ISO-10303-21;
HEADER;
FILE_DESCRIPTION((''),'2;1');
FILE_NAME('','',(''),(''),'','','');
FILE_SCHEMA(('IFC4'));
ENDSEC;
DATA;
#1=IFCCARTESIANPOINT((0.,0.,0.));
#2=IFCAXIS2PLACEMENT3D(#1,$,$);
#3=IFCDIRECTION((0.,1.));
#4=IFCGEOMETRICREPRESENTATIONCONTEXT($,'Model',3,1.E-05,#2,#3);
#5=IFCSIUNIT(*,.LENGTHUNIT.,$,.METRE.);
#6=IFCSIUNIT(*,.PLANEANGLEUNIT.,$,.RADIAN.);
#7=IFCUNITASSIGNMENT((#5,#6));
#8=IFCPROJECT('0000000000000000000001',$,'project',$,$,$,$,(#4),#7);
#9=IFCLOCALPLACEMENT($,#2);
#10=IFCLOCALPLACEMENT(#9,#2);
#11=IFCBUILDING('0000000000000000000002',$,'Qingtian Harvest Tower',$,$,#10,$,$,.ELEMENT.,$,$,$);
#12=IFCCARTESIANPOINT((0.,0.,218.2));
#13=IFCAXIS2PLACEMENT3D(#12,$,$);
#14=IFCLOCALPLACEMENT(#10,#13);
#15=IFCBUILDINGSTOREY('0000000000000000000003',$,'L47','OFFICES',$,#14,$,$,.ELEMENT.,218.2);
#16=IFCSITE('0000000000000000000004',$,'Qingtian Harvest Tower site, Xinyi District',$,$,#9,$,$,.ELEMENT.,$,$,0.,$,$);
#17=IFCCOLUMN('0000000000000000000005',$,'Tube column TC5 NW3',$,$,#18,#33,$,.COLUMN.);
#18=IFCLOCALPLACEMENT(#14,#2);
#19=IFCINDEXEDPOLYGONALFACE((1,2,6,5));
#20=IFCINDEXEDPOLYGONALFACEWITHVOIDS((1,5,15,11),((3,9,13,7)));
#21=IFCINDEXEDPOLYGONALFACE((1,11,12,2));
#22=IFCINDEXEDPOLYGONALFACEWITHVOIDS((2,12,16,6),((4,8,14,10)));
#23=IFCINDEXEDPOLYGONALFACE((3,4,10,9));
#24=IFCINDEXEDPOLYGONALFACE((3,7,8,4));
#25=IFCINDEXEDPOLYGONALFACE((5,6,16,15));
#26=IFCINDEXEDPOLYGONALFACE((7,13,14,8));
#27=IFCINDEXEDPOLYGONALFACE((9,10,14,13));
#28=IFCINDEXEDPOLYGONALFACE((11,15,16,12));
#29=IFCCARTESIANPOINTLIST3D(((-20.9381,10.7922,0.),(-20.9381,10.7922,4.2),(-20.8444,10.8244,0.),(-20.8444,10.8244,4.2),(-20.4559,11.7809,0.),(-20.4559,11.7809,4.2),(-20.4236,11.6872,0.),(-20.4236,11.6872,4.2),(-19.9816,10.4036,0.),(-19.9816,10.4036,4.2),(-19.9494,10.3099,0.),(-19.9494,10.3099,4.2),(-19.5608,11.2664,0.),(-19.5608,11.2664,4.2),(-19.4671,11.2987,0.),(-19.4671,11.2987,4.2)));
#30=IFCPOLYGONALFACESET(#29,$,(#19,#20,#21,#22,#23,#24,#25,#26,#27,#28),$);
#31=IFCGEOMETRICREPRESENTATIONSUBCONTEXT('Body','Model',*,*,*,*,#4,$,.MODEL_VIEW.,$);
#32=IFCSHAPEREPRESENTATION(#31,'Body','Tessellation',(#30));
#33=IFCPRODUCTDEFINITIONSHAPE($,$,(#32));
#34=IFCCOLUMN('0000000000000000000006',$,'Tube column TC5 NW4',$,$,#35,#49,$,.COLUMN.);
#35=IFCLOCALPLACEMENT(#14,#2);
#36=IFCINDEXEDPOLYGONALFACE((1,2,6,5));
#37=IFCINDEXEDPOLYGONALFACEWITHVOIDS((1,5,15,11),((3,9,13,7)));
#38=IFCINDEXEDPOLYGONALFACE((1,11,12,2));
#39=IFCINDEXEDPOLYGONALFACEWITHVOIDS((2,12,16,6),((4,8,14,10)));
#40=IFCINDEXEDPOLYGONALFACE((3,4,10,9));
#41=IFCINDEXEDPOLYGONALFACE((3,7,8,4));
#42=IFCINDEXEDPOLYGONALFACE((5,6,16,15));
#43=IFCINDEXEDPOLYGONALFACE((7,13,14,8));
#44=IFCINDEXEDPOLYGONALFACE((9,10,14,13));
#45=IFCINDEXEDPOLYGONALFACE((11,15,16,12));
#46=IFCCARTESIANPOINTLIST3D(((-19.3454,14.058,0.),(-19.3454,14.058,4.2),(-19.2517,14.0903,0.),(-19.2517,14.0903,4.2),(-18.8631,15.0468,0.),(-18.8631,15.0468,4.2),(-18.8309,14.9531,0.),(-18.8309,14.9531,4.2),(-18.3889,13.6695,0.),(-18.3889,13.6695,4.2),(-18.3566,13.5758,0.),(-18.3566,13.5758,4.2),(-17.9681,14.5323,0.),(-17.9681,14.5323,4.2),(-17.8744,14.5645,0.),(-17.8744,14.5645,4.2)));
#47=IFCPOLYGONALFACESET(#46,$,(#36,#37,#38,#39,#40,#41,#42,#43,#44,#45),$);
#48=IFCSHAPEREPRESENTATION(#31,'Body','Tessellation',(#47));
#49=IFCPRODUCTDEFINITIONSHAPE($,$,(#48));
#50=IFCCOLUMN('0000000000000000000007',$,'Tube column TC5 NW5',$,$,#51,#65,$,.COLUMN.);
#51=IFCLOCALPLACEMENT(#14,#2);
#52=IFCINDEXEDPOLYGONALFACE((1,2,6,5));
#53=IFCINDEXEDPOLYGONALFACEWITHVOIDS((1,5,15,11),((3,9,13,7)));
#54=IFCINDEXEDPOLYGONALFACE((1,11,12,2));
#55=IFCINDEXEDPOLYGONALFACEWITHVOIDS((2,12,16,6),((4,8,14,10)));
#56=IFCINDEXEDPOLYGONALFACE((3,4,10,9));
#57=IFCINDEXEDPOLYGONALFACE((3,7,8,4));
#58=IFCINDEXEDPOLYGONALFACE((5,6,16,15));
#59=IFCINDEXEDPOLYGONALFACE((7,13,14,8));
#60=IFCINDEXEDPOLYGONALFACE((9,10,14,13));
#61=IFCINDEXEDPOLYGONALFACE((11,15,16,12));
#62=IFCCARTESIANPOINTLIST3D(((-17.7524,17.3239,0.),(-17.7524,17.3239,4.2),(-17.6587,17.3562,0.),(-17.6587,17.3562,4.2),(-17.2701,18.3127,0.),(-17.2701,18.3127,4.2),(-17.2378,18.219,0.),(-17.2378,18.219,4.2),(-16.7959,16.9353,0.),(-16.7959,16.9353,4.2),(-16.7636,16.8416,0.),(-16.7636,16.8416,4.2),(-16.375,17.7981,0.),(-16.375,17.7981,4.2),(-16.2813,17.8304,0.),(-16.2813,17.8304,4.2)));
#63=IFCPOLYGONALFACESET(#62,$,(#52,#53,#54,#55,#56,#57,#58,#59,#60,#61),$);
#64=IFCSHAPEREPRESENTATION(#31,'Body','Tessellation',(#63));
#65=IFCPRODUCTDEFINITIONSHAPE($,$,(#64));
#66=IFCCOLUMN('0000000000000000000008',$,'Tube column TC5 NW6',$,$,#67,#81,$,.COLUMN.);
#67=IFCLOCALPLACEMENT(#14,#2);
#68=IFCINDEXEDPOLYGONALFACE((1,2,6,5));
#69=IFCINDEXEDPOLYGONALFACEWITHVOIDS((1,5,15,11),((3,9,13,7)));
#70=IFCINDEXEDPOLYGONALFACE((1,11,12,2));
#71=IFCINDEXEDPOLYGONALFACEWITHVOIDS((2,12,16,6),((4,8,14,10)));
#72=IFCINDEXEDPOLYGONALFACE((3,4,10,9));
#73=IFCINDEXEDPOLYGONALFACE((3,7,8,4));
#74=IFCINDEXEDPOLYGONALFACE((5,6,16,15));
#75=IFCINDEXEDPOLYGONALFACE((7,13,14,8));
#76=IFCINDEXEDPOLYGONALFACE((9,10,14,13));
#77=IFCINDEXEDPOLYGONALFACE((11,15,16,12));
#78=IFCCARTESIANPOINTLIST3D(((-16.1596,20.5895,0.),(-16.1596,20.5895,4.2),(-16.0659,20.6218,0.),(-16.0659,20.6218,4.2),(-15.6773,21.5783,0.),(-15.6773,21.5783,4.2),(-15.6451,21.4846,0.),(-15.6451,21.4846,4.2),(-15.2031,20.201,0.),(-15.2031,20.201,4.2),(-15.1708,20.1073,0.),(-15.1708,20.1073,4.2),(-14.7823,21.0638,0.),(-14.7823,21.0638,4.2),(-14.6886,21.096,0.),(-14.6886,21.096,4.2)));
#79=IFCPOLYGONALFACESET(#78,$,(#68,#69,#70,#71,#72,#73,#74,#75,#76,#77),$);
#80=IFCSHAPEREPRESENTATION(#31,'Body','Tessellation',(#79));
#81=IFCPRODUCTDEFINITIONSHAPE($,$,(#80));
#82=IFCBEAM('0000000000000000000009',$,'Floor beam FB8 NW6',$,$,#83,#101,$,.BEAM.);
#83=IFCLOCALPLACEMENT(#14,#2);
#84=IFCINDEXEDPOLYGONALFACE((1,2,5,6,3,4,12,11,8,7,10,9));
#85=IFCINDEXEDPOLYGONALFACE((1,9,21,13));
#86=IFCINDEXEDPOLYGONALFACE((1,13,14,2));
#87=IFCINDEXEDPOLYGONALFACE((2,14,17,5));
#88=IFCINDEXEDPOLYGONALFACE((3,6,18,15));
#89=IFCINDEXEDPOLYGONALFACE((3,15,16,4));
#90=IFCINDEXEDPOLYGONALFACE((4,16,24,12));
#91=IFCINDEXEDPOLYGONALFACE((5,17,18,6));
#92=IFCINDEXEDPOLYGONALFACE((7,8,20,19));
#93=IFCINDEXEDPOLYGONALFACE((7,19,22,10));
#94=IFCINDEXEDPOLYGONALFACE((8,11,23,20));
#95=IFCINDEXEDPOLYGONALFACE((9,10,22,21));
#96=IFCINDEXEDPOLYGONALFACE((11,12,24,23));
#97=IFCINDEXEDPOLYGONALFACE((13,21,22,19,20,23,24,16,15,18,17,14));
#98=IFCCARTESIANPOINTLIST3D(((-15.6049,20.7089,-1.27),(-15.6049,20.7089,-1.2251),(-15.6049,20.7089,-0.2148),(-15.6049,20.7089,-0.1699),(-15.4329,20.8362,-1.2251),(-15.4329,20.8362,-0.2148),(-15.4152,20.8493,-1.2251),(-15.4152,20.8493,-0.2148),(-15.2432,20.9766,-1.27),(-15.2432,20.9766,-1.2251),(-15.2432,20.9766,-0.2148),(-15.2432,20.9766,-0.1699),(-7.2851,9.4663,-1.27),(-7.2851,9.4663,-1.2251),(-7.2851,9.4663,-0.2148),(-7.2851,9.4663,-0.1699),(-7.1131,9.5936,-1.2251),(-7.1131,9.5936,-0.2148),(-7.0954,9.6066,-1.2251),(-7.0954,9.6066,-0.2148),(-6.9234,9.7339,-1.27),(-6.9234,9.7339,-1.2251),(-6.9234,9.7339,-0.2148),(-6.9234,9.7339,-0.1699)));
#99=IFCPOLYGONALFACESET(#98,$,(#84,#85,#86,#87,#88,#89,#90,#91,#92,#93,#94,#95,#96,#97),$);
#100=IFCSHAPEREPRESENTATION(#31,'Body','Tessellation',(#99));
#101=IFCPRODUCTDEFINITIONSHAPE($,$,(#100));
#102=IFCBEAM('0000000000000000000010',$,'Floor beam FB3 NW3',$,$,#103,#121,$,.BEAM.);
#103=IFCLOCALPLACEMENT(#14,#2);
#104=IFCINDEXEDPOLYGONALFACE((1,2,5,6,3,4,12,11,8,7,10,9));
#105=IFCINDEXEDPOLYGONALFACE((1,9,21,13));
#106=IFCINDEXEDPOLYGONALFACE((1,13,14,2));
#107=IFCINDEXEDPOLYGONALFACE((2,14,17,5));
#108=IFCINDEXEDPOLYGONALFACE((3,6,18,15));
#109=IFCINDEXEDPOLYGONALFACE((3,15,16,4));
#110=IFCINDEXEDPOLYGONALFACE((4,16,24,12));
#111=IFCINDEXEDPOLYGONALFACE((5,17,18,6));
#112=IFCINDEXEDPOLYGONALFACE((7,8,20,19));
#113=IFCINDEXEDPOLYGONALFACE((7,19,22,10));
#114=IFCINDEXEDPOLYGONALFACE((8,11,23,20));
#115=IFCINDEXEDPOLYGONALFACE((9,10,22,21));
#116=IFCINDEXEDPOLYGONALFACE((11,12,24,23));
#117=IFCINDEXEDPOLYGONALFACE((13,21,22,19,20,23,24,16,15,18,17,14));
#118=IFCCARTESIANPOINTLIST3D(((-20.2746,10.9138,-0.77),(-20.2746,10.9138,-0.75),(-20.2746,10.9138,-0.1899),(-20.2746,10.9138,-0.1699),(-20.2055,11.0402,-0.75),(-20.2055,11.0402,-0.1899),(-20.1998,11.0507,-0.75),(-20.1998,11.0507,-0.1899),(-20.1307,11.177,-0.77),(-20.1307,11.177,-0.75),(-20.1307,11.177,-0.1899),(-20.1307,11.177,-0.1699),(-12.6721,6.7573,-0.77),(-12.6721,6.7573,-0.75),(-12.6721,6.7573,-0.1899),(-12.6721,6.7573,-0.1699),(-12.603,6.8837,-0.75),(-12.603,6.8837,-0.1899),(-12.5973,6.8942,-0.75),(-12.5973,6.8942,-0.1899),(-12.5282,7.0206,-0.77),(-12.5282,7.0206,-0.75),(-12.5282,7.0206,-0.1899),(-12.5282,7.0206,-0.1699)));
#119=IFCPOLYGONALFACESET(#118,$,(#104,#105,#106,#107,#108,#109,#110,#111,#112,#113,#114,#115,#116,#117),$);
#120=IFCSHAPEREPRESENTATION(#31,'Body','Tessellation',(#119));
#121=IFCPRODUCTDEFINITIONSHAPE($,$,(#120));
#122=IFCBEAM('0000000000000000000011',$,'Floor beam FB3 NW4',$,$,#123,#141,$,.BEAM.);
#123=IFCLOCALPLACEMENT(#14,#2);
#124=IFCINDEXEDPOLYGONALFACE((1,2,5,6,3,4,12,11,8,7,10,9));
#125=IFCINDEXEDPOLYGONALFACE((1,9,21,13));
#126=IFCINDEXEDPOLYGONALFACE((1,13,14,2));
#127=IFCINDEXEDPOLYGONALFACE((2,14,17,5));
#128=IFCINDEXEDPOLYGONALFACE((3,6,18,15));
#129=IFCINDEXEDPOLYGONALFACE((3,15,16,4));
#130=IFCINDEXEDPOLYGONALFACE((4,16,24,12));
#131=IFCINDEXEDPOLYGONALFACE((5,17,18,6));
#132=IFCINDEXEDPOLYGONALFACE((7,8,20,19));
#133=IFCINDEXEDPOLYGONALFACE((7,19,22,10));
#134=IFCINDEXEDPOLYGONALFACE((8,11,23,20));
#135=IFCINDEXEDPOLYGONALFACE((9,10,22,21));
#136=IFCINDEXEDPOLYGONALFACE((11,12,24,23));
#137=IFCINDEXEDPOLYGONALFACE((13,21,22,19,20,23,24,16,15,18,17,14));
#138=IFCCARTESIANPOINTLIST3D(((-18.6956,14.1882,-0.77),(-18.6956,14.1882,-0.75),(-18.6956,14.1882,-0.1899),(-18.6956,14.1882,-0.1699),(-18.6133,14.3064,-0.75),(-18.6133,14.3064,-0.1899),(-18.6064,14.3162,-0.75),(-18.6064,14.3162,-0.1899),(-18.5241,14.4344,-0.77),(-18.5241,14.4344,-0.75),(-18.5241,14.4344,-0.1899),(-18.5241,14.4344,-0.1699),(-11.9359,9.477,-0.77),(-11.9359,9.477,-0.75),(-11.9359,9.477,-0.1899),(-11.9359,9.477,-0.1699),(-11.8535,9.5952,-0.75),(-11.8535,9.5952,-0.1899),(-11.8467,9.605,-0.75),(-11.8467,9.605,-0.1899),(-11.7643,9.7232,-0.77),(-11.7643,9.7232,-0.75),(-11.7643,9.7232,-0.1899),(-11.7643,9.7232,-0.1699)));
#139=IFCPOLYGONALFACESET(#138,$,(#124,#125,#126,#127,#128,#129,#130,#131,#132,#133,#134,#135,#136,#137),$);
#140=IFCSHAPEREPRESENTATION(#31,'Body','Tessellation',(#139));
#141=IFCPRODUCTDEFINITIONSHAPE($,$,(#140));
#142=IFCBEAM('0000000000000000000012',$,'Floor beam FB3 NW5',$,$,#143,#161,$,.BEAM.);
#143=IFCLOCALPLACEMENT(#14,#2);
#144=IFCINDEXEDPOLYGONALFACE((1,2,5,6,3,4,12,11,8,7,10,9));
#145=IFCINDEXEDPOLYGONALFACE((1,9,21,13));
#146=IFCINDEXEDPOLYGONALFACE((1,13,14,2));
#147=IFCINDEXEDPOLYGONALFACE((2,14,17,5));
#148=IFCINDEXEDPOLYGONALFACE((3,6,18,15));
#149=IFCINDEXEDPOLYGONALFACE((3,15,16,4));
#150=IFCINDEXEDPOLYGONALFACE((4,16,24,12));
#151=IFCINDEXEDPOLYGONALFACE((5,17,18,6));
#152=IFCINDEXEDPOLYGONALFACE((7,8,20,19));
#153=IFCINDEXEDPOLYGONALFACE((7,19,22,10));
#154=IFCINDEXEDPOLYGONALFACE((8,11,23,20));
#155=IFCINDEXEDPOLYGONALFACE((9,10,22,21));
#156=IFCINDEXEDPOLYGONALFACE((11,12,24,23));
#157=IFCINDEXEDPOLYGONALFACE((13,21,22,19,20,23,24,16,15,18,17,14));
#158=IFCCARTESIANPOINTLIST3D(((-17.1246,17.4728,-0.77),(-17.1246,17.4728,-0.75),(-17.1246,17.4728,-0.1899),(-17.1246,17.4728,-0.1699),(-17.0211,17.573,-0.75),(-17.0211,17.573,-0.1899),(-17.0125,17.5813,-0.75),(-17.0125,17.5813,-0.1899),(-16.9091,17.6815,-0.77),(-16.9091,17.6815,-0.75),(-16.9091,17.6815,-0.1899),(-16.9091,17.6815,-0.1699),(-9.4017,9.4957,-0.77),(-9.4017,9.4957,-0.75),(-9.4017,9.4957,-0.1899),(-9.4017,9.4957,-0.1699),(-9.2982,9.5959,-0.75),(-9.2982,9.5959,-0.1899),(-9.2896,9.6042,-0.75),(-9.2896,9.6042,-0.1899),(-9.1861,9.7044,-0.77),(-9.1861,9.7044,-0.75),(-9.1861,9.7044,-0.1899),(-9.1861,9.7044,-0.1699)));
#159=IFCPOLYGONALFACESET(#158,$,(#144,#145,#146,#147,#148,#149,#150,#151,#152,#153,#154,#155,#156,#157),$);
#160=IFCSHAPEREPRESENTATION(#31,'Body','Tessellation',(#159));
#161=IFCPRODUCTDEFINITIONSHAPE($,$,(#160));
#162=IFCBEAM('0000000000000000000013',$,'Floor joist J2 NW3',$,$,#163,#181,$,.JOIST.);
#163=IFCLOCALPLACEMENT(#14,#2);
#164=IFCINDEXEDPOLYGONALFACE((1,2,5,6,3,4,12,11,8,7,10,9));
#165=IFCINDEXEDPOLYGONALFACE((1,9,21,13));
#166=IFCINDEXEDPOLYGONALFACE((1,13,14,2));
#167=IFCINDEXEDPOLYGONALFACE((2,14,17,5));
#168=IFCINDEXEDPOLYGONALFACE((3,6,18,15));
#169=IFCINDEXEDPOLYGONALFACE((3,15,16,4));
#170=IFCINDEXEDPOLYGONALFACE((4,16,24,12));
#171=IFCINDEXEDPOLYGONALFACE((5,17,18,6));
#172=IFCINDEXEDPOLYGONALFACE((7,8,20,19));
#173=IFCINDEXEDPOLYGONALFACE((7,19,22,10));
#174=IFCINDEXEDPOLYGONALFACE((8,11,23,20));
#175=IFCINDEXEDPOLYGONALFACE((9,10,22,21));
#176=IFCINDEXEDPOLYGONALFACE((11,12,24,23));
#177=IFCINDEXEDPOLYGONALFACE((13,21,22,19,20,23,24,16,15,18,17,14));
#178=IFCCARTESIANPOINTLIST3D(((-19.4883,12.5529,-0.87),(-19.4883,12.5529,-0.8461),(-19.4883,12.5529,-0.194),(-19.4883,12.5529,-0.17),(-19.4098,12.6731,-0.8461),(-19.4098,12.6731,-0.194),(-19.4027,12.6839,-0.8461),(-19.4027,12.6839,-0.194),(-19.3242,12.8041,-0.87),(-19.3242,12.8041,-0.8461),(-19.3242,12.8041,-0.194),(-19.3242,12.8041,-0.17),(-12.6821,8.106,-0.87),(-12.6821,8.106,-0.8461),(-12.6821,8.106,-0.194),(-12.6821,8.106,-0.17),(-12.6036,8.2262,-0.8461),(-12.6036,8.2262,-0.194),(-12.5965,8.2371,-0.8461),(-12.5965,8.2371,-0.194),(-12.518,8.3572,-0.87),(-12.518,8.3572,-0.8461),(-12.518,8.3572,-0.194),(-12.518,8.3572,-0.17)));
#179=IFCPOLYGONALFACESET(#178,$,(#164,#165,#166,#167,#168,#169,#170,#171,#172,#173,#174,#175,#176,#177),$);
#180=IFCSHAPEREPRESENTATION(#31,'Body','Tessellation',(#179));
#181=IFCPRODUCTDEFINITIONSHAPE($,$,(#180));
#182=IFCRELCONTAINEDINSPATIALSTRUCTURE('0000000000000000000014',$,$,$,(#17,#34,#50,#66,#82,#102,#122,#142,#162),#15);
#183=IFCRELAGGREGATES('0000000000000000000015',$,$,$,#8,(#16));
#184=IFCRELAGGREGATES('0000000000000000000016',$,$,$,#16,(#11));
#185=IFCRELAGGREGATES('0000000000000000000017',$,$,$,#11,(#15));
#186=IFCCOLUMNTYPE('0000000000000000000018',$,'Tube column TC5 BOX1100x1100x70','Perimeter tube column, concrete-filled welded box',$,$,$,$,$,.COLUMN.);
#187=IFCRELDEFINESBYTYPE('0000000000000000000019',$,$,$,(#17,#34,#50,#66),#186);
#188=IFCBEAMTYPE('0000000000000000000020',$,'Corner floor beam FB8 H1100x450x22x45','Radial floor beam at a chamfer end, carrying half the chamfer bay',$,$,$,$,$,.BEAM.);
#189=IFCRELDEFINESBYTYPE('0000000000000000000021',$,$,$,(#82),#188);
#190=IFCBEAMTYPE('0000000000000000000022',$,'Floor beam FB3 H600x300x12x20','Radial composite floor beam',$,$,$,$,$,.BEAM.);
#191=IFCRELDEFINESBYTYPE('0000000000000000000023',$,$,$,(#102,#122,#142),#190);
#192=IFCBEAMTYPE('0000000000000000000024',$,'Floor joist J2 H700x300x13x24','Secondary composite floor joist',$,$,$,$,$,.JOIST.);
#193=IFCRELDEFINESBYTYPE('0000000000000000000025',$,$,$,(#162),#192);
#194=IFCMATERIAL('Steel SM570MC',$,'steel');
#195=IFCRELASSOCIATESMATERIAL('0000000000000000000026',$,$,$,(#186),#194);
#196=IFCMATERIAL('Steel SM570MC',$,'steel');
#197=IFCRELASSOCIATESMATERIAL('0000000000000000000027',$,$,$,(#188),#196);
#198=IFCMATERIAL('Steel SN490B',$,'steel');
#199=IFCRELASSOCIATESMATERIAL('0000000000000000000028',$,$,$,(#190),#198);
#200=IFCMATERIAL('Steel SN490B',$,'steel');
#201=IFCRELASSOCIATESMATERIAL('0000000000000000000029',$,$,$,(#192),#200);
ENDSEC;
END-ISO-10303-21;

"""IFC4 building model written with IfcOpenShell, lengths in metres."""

from ifc_helpers import new_model, si_unit, direction, frame, origin, origin_2d, place, context, subcontext, project, spatial, hollow_rectangle, i_section, extrude, material, material_profile, profile_set, type_object, element, save


model = new_model("IFC4")

# Units and contexts
model_context = context("Model", 3, precision=1e-05, world=origin(), true_north=direction((0.0, 1.0)))
body_context = subcontext(model_context, "Body", "Model", "MODEL_VIEW")
ifc_project = project(units=[si_unit("LENGTHUNIT", "METRE"), si_unit("PLANEANGLEUNIT", "RADIAN")], contexts=[model_context])

# Site, building, storey
site_placement = place(None, origin())
site = spatial("IfcSite", under=ifc_project, at=site_placement, Name="Qingtian Harvest Tower site, Xinyi District", CompositionType="ELEMENT", RefElevation=0.0)
building_placement = place(site_placement, origin())
building = spatial("IfcBuilding", under=site, at=building_placement, Name="Qingtian Harvest Tower", CompositionType="ELEMENT")
storey_placement = place(building_placement, frame((0.0, 0.0, 218.2)))
storey = spatial("IfcBuildingStorey", under=building, at=storey_placement, Name="L47", Description="OFFICES", CompositionType="ELEMENT", Elevation=218.2)

# Columns
ifc_material_1 = material(Name="Steel SM570MC", Category="steel")
ifc_material_profile_1 = material_profile(ifc_material_1, hollow_rectangle(XDim=1.1001, YDim=1.1001, WallThickness=0.0701, at=origin_2d()), Name="BOX1100x1100x70")
ifc_profile_set_1 = profile_set([ifc_material_profile_1], Name="Steel SM570MC")
column_type = type_object("IfcColumnType", Name="Tube column TC5 BOX1100x1100x70", Description="Perimeter tube column, concrete-filled welded box", PredefinedType="COLUMN", material=ifc_profile_set_1)
for number, where, z_axis, x_axis, name in (
    (1, (-20.2026, 11.0454, 0.0), (0.0, 0.0, 1.0), (-0.438371, -0.898794, 0.0), "Tube column TC5 NW3"),
    (2, (-18.6099, 14.3113, 0.0), (0.0, 0.0, 1.0), (-0.438371, -0.898794, 0.0), "Tube column TC5 NW4"),
    (3, (-17.0168, 17.5771, 0.0), (0.0, 0.0, 1.0), (-0.438371, -0.898794, 0.0), "Tube column TC5 NW5"),
    (4, (-15.4241, 20.8428, 0.0), (0.0, 0.0, 1.0), (-0.438371, -0.898794, 0.0), "Tube column TC5 NW6"),
):
    element("IfcColumn", number, at=place(storey_placement, frame(where, z_axis=z_axis, x_axis=x_axis)), inside=storey, type_object=column_type, Name=name, PredefinedType="COLUMN", context=body_context, shape_type="SweptSolid", body=[
        extrude(hollow_rectangle(XDim=1.1001, YDim=1.1001, WallThickness=0.0701, at=origin_2d()), origin(), (0.0, 0.0, 1.0), 4.2),
    ])

# Beams
ifc_material_2 = material(Name="Steel SM570MC", Category="steel")
ifc_material_profile_2 = material_profile(ifc_material_2, i_section(OverallWidth=0.45, OverallDepth=1.1001, WebThickness=0.022, FlangeThickness=0.0449, at=origin_2d()), Name="H1100x450x22x45")
ifc_profile_set_2 = profile_set([ifc_material_profile_2], Name="Steel SM570MC")
beam_type_1 = type_object("IfcBeamType", Name="Corner floor beam FB8 H1100x450x22x45", Description="Radial floor beam at a chamfer end, carrying half the chamfer bay", PredefinedType="BEAM", material=ifc_profile_set_2)
beam_1_placement = place(storey_placement, frame((-15.4241, 20.8428, -0.72), z_axis=(0.594854, -0.803834, 0.0), x_axis=(0.803834, 0.594854, 0.0)))
element("IfcBeam", 5, at=beam_1_placement, inside=storey, type_object=beam_type_1, Name="Floor beam FB8 NW6", PredefinedType="BEAM", context=body_context, shape_type="SweptSolid", body=[
    extrude(i_section(OverallWidth=0.45, OverallDepth=1.1001, WebThickness=0.022, FlangeThickness=0.0449, at=origin_2d()), origin(), (0.0, 0.0, 1.0), 13.9863),
])
ifc_material_3 = material(Name="Steel SN490B", Category="steel")
ifc_material_profile_3 = material_profile(ifc_material_3, i_section(OverallWidth=0.3, OverallDepth=0.6001, WebThickness=0.012, FlangeThickness=0.02, at=origin_2d()), Name="H600x300x12x20")
ifc_profile_set_3 = profile_set([ifc_material_profile_3], Name="Steel SN490B")
beam_type_2 = type_object("IfcBeamType", Name="Floor beam FB3 H600x300x12x20", Description="Radial composite floor beam", PredefinedType="BEAM", material=ifc_profile_set_3)
beam_2_placement = place(storey_placement, frame((-20.2026, 11.0454, -0.47), z_axis=(0.877427, -0.479711, 0.0), x_axis=(0.479711, 0.877427, 0.0)))
element("IfcBeam", 6, at=beam_2_placement, inside=storey, type_object=beam_type_2, Name="Floor beam FB3 NW3", PredefinedType="BEAM", context=body_context, shape_type="SweptSolid", body=[
    extrude(i_section(OverallWidth=0.3, OverallDepth=0.6001, WebThickness=0.012, FlangeThickness=0.02, at=origin_2d()), origin(), (0.0, 0.0, 1.0), 8.6646),
])
beam_3_placement = place(storey_placement, frame((-18.6099, 14.3113, -0.47), z_axis=(0.820408, -0.571779, 0.0), x_axis=(0.571779, 0.820408, 0.0)))
element("IfcBeam", 7, at=beam_3_placement, inside=storey, type_object=beam_type_2, Name="Floor beam FB3 NW4", PredefinedType="BEAM", context=body_context, shape_type="SweptSolid", body=[
    extrude(i_section(OverallWidth=0.3, OverallDepth=0.6001, WebThickness=0.012, FlangeThickness=0.02, at=origin_2d()), origin(), (0.0, 0.0, 1.0), 8.2395),
])
beam_4_placement = place(storey_placement, frame((-17.0168, 17.5771, -0.47), z_axis=(0.695569, -0.718459, 0.0), x_axis=(0.718459, 0.695569, 0.0)))
element("IfcBeam", 8, at=beam_4_placement, inside=storey, type_object=beam_type_2, Name="Floor beam FB3 NW5", PredefinedType="BEAM", context=body_context, shape_type="SweptSolid", body=[
    extrude(i_section(OverallWidth=0.3, OverallDepth=0.6001, WebThickness=0.012, FlangeThickness=0.02, at=origin_2d()), origin(), (0.0, 0.0, 1.0), 11.103),
])
ifc_material_4 = material(Name="Steel SN490B", Category="steel")
ifc_material_profile_4 = material_profile(ifc_material_4, i_section(OverallWidth=0.3, OverallDepth=0.7, WebThickness=0.0129, FlangeThickness=0.0239, at=origin_2d()), Name="H700x300x13x24")
ifc_profile_set_4 = profile_set([ifc_material_profile_4], Name="Steel SN490B")
beam_type_3 = type_object("IfcBeamType", Name="Floor joist J2 H700x300x13x24", Description="Secondary composite floor joist", PredefinedType="JOIST", material=ifc_profile_set_4)
beam_5_placement = place(storey_placement, frame((-19.4062, 12.6785, -0.52), z_axis=(0.837161, -0.546956, 0.0), x_axis=(0.546956, 0.837161, 0.0)))
element("IfcBeam", 9, at=beam_5_placement, inside=storey, type_object=beam_type_3, Name="Floor joist J2 NW3", PredefinedType="JOIST", context=body_context, shape_type="SweptSolid", body=[
    extrude(i_section(OverallWidth=0.3, OverallDepth=0.7, WebThickness=0.0129, FlangeThickness=0.0239, at=origin_2d()), origin(), (0.0, 0.0, 1.0), 8.1301),
])

save(model, "model.ifc")
